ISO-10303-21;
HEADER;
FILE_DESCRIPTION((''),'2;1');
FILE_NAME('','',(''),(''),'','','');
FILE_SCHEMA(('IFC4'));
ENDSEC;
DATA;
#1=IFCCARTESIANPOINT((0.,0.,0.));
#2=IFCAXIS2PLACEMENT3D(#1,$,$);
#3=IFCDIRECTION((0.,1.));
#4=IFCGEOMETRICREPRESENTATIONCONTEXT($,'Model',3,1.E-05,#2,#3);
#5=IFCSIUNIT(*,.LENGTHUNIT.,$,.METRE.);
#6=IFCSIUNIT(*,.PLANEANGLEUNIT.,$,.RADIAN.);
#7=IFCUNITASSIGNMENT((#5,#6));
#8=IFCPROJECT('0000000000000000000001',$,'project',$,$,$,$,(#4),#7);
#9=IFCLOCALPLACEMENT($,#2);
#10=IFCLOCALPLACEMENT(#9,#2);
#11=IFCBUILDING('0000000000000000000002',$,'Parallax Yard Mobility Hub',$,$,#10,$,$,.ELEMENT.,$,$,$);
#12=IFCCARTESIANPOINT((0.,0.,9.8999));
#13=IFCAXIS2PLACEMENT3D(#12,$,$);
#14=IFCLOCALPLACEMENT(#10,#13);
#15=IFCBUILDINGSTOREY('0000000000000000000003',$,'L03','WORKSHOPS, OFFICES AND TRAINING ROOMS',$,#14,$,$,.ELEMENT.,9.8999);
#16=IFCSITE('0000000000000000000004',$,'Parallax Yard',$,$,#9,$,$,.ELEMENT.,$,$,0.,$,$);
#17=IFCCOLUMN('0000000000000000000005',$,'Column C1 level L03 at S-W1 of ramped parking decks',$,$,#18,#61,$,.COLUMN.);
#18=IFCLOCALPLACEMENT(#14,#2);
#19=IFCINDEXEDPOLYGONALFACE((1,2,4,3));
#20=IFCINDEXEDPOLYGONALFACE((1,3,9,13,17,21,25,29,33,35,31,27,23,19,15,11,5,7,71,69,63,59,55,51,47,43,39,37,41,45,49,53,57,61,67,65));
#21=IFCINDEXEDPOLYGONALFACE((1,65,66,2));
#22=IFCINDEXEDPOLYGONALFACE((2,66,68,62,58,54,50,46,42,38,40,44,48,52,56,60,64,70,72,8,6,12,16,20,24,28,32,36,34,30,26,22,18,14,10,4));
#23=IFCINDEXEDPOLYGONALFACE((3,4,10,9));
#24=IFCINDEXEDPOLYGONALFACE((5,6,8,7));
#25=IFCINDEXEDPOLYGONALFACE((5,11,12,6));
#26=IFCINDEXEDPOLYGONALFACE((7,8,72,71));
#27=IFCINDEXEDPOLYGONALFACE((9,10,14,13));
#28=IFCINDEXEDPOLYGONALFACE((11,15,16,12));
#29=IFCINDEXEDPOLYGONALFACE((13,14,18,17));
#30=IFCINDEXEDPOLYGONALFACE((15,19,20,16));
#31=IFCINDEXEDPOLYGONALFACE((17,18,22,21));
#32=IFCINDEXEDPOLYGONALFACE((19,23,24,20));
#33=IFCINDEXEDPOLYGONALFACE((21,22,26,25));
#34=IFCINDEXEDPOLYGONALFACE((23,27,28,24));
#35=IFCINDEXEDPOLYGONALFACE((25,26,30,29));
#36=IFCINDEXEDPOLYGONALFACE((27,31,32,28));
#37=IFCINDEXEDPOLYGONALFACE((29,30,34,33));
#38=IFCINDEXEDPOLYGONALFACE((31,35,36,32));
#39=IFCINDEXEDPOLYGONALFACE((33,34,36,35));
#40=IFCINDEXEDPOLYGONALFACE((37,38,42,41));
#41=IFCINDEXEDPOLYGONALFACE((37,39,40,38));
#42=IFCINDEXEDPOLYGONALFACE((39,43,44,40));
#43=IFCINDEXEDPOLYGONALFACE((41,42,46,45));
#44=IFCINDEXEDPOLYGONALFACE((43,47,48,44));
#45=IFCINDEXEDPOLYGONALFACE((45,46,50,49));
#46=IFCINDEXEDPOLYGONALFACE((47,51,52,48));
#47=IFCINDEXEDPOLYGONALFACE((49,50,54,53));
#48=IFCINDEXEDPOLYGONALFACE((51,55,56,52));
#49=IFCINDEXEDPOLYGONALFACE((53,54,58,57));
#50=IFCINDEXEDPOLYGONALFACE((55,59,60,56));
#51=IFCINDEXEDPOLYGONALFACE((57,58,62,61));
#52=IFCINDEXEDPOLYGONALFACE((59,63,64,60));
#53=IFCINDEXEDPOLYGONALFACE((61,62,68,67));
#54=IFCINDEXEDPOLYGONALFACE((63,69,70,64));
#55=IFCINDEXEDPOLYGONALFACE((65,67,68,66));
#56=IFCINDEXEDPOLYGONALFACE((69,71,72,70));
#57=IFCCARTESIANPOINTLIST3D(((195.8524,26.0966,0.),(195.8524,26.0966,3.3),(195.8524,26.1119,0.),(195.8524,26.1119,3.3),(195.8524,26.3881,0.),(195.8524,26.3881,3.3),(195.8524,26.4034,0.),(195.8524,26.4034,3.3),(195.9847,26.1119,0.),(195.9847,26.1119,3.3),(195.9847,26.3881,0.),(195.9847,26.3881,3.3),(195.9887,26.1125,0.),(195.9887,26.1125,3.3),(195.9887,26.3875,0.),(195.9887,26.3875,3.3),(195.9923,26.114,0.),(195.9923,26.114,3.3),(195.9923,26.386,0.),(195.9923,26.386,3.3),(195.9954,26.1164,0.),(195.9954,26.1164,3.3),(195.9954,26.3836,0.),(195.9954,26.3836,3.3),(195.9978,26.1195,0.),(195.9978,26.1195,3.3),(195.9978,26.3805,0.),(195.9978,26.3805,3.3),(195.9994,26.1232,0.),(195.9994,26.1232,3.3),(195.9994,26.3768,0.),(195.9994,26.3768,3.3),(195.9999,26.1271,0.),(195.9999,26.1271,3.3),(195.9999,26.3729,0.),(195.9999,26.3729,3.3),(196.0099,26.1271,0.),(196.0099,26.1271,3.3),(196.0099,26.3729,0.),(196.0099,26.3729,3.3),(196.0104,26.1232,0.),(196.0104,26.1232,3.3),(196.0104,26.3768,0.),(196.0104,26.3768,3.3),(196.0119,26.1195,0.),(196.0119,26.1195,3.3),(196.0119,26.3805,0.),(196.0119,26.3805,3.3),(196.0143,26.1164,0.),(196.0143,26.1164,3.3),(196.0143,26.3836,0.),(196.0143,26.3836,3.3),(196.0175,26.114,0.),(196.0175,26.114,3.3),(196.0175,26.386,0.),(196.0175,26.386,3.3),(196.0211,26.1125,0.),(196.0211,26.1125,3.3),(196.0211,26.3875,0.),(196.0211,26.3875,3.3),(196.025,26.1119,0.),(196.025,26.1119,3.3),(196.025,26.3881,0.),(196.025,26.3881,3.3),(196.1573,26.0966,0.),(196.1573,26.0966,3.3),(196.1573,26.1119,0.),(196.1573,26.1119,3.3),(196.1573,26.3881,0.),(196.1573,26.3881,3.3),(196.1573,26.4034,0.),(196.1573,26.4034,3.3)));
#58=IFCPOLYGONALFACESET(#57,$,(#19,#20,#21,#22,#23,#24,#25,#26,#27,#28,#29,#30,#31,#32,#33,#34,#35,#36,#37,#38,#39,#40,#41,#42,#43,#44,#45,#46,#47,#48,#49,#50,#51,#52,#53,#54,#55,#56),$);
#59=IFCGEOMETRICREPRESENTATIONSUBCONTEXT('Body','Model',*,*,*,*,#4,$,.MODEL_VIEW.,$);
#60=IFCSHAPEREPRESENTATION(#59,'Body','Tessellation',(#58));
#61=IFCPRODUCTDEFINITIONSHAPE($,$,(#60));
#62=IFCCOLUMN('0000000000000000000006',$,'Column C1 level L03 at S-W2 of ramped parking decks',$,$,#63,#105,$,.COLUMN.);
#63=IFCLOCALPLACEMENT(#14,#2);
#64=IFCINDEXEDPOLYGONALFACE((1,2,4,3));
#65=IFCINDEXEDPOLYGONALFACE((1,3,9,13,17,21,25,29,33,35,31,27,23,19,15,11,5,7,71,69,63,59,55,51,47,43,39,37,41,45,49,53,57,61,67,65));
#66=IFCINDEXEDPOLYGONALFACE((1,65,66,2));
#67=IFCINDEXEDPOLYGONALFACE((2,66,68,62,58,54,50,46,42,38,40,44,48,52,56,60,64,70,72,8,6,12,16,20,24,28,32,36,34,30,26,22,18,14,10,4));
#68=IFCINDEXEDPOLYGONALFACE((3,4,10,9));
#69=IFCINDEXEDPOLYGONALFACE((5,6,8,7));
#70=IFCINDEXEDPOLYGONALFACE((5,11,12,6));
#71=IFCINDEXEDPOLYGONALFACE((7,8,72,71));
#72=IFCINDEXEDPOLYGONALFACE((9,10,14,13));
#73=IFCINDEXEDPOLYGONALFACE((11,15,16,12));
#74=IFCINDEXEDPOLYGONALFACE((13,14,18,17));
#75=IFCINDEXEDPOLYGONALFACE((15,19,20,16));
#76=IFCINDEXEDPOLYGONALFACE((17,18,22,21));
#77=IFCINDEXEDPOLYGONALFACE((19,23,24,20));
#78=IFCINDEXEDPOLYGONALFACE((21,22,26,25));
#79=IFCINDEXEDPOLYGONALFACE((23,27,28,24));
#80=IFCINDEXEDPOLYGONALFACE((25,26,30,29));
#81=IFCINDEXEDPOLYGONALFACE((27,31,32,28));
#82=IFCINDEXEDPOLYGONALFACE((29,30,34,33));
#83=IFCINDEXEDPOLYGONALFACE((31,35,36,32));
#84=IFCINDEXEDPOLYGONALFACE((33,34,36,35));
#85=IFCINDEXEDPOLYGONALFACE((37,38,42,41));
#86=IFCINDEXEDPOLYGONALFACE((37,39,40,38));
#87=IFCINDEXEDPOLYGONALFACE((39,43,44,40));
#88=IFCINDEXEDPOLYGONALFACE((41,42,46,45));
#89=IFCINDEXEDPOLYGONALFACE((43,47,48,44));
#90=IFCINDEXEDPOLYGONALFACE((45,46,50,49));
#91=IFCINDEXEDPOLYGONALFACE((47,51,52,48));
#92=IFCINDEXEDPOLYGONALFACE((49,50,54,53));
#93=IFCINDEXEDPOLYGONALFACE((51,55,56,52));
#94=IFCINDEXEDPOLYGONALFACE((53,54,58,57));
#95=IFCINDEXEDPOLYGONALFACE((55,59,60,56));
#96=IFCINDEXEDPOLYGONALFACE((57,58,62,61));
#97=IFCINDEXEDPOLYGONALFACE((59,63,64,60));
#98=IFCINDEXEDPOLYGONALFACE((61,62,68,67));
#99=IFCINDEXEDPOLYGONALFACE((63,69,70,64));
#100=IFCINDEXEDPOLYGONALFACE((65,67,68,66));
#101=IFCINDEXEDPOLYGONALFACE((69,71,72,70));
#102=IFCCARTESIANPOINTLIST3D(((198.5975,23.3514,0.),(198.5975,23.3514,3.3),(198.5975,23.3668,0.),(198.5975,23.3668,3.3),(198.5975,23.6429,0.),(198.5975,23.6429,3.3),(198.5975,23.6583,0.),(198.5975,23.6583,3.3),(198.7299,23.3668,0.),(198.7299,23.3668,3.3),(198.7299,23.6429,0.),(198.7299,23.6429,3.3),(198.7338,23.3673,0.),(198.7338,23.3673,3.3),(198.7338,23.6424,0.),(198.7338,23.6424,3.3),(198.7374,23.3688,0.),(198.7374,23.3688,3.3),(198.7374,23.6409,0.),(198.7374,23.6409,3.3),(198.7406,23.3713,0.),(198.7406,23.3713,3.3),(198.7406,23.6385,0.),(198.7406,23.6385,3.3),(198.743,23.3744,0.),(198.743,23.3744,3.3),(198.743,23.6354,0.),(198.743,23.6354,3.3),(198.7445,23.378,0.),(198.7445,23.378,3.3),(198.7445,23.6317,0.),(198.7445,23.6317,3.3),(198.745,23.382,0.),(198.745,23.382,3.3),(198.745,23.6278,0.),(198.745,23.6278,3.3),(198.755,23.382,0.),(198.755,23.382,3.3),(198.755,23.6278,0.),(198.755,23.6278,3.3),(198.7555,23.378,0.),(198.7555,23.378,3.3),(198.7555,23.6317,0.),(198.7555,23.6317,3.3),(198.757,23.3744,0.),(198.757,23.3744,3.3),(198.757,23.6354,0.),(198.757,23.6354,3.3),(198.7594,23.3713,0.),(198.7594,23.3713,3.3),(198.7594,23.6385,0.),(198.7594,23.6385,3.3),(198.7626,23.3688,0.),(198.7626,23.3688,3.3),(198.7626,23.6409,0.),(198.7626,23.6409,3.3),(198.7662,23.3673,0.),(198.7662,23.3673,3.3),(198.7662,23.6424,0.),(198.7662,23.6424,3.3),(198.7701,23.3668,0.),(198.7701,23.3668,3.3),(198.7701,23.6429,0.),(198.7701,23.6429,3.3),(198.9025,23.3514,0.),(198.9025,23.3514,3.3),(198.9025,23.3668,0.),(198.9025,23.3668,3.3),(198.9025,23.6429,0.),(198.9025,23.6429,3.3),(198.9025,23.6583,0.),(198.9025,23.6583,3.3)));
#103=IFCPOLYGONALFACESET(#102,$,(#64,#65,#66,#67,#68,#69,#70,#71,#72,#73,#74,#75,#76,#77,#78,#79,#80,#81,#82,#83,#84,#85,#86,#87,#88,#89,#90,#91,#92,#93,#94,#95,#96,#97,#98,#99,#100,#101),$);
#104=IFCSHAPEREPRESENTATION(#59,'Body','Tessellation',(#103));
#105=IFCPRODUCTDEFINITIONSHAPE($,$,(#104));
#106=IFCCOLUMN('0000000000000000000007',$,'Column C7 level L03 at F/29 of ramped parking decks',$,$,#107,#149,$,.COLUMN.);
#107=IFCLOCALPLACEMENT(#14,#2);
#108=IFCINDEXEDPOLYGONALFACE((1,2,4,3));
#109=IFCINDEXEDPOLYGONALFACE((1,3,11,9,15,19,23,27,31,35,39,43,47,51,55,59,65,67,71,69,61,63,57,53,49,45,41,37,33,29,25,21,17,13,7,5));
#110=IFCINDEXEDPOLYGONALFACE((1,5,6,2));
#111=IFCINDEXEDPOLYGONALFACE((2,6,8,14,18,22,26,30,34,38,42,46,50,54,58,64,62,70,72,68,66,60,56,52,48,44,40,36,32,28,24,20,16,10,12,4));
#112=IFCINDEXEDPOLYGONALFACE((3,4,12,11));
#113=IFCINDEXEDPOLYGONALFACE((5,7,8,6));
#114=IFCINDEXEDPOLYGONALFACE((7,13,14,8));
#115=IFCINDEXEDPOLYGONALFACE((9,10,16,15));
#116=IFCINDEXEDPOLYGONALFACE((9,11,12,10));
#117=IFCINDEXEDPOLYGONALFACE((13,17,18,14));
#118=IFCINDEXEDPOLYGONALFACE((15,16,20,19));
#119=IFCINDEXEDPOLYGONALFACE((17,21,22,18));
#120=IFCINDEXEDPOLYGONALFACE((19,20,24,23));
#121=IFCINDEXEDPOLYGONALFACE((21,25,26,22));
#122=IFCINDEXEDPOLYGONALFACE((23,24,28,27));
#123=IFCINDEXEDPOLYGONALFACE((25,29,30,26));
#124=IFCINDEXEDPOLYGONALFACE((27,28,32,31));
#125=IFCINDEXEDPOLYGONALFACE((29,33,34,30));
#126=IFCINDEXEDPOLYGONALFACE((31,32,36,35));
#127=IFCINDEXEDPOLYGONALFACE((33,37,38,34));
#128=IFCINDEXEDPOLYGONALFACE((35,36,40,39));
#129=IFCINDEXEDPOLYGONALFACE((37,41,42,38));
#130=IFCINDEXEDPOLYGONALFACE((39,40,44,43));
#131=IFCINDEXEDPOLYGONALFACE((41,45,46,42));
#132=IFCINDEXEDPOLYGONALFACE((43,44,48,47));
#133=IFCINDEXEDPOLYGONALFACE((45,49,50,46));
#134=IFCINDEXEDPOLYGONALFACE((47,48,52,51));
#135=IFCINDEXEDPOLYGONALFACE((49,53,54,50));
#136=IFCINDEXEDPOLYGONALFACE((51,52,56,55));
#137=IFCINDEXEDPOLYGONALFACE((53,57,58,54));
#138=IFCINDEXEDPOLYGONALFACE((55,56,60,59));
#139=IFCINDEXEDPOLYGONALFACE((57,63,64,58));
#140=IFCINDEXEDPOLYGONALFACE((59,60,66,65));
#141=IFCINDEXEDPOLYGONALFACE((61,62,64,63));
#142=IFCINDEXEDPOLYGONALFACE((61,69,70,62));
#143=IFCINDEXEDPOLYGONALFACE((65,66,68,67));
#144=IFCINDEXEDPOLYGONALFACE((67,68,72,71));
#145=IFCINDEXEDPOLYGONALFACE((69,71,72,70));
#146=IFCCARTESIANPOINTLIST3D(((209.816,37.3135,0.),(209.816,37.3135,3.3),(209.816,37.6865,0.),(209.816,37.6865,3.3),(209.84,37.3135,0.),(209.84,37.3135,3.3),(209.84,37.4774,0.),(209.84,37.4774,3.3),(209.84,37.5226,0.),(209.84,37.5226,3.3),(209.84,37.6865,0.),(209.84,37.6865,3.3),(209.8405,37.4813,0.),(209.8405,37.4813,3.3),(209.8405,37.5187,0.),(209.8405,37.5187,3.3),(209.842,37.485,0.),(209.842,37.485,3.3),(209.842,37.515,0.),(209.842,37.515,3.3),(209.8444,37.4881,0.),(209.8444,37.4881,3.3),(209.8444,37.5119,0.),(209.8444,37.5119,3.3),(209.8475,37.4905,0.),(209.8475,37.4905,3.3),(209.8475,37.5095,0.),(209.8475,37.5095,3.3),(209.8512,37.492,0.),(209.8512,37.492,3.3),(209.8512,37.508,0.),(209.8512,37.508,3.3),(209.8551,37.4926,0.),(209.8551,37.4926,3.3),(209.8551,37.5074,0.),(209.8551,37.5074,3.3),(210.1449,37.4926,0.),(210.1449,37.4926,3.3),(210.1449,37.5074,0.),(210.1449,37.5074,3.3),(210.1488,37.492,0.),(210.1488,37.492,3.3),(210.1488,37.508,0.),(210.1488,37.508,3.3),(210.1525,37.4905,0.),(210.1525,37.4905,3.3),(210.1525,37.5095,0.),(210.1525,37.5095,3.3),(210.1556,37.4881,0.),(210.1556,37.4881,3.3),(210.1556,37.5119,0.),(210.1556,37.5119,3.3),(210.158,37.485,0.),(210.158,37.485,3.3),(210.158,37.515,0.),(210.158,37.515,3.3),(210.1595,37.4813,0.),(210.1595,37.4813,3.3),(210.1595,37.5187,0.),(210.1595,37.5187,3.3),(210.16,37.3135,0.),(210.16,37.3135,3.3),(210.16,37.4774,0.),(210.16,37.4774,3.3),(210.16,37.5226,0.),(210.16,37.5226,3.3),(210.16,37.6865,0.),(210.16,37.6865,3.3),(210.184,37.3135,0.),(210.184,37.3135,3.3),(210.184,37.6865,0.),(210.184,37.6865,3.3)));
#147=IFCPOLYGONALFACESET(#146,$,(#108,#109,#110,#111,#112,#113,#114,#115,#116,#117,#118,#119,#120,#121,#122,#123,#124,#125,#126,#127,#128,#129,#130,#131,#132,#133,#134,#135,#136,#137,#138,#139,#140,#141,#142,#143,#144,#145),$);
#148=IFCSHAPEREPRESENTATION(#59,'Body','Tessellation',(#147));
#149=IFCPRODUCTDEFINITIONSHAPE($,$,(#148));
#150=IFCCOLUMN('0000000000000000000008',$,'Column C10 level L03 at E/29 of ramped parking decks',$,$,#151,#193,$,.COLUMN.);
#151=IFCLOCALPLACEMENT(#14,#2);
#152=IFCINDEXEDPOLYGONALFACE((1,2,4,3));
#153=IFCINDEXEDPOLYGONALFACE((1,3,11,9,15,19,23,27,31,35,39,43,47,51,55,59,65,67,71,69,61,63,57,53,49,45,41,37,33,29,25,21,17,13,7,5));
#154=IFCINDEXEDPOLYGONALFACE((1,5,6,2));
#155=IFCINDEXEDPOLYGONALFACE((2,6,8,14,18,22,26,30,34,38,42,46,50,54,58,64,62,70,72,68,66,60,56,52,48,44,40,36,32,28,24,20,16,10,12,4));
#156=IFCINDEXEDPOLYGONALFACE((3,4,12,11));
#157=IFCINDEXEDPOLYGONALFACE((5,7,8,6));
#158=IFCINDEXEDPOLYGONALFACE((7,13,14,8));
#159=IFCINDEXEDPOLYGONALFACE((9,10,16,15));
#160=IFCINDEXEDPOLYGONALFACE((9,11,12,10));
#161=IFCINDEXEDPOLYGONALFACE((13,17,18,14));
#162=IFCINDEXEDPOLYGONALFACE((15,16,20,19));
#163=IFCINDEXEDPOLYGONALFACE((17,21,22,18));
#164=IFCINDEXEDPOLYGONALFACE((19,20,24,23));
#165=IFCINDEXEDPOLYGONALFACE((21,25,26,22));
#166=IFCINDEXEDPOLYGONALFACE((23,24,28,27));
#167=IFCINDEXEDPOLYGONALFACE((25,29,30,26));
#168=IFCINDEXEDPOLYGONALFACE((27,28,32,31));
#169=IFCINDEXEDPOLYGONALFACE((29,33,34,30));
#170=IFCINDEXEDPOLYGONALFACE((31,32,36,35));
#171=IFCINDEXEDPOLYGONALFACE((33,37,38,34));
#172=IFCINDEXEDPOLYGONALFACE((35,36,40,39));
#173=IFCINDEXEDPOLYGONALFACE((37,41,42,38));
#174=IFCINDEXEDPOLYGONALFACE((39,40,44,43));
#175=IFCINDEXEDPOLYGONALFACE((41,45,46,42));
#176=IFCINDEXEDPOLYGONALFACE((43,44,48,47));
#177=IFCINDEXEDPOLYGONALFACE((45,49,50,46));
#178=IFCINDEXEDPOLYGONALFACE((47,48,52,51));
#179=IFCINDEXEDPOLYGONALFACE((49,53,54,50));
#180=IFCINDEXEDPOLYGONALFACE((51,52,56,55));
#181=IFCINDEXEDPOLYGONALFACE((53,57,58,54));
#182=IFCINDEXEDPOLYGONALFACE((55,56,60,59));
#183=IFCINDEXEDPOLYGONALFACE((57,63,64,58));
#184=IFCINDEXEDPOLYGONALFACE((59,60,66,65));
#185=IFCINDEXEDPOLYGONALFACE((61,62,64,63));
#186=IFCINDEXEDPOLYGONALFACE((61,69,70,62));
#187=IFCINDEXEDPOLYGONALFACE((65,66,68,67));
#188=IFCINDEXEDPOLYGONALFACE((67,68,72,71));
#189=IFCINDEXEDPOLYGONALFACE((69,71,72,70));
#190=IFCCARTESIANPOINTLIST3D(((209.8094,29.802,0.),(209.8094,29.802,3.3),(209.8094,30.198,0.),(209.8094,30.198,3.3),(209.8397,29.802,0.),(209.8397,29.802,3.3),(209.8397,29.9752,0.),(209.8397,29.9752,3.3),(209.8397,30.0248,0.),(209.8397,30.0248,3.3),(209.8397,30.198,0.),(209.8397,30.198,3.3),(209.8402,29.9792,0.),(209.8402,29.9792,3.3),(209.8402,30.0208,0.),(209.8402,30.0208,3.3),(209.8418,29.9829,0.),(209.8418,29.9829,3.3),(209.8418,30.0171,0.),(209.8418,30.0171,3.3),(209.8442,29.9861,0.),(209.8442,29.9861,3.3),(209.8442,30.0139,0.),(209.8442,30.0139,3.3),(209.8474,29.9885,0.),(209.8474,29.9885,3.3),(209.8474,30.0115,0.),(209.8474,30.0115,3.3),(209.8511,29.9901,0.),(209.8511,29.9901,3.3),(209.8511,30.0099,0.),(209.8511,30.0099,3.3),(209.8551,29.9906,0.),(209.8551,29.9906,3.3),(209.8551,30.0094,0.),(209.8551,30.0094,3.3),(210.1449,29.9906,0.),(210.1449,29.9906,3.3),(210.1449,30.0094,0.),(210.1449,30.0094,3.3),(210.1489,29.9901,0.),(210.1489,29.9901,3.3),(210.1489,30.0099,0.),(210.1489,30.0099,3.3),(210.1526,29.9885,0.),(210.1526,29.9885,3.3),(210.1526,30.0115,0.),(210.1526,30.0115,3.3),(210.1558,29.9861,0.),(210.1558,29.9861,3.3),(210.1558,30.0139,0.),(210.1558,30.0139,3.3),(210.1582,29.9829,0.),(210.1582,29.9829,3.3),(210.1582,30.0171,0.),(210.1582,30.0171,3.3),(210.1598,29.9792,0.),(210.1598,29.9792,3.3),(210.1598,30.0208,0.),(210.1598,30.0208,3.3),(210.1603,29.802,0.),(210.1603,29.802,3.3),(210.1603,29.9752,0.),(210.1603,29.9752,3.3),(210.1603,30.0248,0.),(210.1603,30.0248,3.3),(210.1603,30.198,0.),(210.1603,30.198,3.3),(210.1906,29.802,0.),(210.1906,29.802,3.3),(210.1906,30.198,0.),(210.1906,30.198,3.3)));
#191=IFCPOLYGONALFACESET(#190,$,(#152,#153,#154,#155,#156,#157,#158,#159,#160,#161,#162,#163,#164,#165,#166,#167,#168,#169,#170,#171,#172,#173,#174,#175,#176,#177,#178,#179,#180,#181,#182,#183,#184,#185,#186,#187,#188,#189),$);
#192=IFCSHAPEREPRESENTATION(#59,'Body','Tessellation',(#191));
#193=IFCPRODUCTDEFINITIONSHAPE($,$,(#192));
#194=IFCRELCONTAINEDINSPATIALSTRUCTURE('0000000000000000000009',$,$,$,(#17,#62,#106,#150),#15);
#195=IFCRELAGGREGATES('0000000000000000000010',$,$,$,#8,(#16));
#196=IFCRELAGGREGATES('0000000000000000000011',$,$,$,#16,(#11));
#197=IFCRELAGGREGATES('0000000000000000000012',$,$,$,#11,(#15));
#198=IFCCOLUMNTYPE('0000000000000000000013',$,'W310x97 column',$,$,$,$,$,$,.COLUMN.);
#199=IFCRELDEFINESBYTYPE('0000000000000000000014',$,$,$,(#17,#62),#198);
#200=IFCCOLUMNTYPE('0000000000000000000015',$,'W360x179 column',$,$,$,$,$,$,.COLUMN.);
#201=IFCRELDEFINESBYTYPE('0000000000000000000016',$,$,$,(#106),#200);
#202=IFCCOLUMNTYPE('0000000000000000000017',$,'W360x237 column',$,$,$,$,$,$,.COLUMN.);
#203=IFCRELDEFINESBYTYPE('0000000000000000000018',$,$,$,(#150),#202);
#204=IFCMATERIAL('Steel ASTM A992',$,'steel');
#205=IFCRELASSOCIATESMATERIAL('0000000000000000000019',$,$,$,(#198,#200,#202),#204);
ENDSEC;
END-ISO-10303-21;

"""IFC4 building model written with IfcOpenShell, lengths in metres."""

from ifc_helpers import new_model, si_unit, direction, frame, origin, origin_2d, place, context, subcontext, project, spatial, i_section, extrude, material, material_profile, profile_set, type_object, element, save


model = new_model("IFC4")

# Units and contexts
model_context = context("Model", 3, precision=1e-05, world=origin(), true_north=direction((0.0, 1.0)))
body_context = subcontext(model_context, "Body", "Model", "MODEL_VIEW")
ifc_project = project(units=[si_unit("LENGTHUNIT", "METRE"), si_unit("PLANEANGLEUNIT", "RADIAN")], contexts=[model_context])

# Site, building, storey
site_placement = place(None, origin())
site = spatial("IfcSite", under=ifc_project, at=site_placement, Name="Parallax Yard", CompositionType="ELEMENT", RefElevation=0.0)
building_placement = place(site_placement, origin())
building = spatial("IfcBuilding", under=site, at=building_placement, Name="Parallax Yard Mobility Hub", CompositionType="ELEMENT")
storey_placement = place(building_placement, frame((0.0, 0.0, 9.8999)))
storey = spatial("IfcBuildingStorey", under=building, at=storey_placement, Name="L03", Description="WORKSHOPS, OFFICES AND TRAINING ROOMS", CompositionType="ELEMENT", Elevation=9.8999)

# Columns
ifc_material_1 = material(Name="Steel ASTM A992", Category="steel")
ifc_material_profile_1 = material_profile(ifc_material_1, i_section(OverallWidth=0.3049, OverallDepth=0.3069, WebThickness=0.01, FlangeThickness=0.0154, FilletRadius=0.0151, at=origin_2d()), Name="W310x97")
ifc_profile_set_1 = profile_set([ifc_material_profile_1], Name="Steel ASTM A992")
column_type_1 = type_object("IfcColumnType", Name="W310x97 column", PredefinedType="COLUMN", material=ifc_profile_set_1)
for number, where, z_axis, x_axis, name in (
    (1, (196.0049, 26.25, 0.0), (0.0, 0.0, 1.0), (1.0, 0.0, 0.0), "Column C1 level L03 at S-W1 of ramped parking decks"),
    (2, (198.75, 23.5049, 0.0), (0.0, 0.0, 1.0), (1.0, 0.0, 0.0), "Column C1 level L03 at S-W2 of ramped parking decks"),
):
    element("IfcColumn", number, at=place(storey_placement, frame(where, z_axis=z_axis, x_axis=x_axis)), inside=storey, type_object=column_type_1, Name=name, PredefinedType="COLUMN", context=body_context, shape_type="SweptSolid", body=[
        extrude(i_section(OverallWidth=0.3049, OverallDepth=0.3069, WebThickness=0.01, FlangeThickness=0.0154, FilletRadius=0.0151, at=origin_2d()), origin(), (0.0, 0.0, 1.0), 3.3),
    ])
ifc_material_profile_2 = material_profile(ifc_material_1, i_section(OverallWidth=0.373, OverallDepth=0.3679, WebThickness=0.0149, FlangeThickness=0.0239, FilletRadius=0.0151, at=origin_2d()), Name="W360x179")
ifc_profile_set_2 = profile_set([ifc_material_profile_2], Name="Steel ASTM A992")
column_type_2 = type_object("IfcColumnType", Name="W360x179 column", PredefinedType="COLUMN", material=ifc_profile_set_2)
column_1_placement = place(storey_placement, frame((210.0, 37.5, 0.0), z_axis=(0.0, 0.0, 1.0), x_axis=(0.0, 1.0, 0.0)))
element("IfcColumn", 3, at=column_1_placement, inside=storey, type_object=column_type_2, Name="Column C7 level L03 at F/29 of ramped parking decks", PredefinedType="COLUMN", context=body_context, shape_type="SweptSolid", body=[
    extrude(i_section(OverallWidth=0.373, OverallDepth=0.3679, WebThickness=0.0149, FlangeThickness=0.0239, FilletRadius=0.0151, at=origin_2d()), origin(), (0.0, 0.0, 1.0), 3.3),
])
ifc_material_profile_3 = material_profile(ifc_material_1, i_section(OverallWidth=0.396, OverallDepth=0.3811, WebThickness=0.0188, FlangeThickness=0.0303, FilletRadius=0.0154, at=origin_2d()), Name="W360x237")
ifc_profile_set_3 = profile_set([ifc_material_profile_3], Name="Steel ASTM A992")
column_type_3 = type_object("IfcColumnType", Name="W360x237 column", PredefinedType="COLUMN", material=ifc_profile_set_3)
column_2_placement = place(storey_placement, frame((210.0, 30.0, 0.0), z_axis=(0.0, 0.0, 1.0), x_axis=(0.0, 1.0, 0.0)))
element("IfcColumn", 4, at=column_2_placement, inside=storey, type_object=column_type_3, Name="Column C10 level L03 at E/29 of ramped parking decks", PredefinedType="COLUMN", context=body_context, shape_type="SweptSolid", body=[
    extrude(i_section(OverallWidth=0.396, OverallDepth=0.3811, WebThickness=0.0188, FlangeThickness=0.0303, FilletRadius=0.0154, at=origin_2d()), origin(), (0.0, 0.0, 1.0), 3.3),
])

save(model, "model.ifc")
